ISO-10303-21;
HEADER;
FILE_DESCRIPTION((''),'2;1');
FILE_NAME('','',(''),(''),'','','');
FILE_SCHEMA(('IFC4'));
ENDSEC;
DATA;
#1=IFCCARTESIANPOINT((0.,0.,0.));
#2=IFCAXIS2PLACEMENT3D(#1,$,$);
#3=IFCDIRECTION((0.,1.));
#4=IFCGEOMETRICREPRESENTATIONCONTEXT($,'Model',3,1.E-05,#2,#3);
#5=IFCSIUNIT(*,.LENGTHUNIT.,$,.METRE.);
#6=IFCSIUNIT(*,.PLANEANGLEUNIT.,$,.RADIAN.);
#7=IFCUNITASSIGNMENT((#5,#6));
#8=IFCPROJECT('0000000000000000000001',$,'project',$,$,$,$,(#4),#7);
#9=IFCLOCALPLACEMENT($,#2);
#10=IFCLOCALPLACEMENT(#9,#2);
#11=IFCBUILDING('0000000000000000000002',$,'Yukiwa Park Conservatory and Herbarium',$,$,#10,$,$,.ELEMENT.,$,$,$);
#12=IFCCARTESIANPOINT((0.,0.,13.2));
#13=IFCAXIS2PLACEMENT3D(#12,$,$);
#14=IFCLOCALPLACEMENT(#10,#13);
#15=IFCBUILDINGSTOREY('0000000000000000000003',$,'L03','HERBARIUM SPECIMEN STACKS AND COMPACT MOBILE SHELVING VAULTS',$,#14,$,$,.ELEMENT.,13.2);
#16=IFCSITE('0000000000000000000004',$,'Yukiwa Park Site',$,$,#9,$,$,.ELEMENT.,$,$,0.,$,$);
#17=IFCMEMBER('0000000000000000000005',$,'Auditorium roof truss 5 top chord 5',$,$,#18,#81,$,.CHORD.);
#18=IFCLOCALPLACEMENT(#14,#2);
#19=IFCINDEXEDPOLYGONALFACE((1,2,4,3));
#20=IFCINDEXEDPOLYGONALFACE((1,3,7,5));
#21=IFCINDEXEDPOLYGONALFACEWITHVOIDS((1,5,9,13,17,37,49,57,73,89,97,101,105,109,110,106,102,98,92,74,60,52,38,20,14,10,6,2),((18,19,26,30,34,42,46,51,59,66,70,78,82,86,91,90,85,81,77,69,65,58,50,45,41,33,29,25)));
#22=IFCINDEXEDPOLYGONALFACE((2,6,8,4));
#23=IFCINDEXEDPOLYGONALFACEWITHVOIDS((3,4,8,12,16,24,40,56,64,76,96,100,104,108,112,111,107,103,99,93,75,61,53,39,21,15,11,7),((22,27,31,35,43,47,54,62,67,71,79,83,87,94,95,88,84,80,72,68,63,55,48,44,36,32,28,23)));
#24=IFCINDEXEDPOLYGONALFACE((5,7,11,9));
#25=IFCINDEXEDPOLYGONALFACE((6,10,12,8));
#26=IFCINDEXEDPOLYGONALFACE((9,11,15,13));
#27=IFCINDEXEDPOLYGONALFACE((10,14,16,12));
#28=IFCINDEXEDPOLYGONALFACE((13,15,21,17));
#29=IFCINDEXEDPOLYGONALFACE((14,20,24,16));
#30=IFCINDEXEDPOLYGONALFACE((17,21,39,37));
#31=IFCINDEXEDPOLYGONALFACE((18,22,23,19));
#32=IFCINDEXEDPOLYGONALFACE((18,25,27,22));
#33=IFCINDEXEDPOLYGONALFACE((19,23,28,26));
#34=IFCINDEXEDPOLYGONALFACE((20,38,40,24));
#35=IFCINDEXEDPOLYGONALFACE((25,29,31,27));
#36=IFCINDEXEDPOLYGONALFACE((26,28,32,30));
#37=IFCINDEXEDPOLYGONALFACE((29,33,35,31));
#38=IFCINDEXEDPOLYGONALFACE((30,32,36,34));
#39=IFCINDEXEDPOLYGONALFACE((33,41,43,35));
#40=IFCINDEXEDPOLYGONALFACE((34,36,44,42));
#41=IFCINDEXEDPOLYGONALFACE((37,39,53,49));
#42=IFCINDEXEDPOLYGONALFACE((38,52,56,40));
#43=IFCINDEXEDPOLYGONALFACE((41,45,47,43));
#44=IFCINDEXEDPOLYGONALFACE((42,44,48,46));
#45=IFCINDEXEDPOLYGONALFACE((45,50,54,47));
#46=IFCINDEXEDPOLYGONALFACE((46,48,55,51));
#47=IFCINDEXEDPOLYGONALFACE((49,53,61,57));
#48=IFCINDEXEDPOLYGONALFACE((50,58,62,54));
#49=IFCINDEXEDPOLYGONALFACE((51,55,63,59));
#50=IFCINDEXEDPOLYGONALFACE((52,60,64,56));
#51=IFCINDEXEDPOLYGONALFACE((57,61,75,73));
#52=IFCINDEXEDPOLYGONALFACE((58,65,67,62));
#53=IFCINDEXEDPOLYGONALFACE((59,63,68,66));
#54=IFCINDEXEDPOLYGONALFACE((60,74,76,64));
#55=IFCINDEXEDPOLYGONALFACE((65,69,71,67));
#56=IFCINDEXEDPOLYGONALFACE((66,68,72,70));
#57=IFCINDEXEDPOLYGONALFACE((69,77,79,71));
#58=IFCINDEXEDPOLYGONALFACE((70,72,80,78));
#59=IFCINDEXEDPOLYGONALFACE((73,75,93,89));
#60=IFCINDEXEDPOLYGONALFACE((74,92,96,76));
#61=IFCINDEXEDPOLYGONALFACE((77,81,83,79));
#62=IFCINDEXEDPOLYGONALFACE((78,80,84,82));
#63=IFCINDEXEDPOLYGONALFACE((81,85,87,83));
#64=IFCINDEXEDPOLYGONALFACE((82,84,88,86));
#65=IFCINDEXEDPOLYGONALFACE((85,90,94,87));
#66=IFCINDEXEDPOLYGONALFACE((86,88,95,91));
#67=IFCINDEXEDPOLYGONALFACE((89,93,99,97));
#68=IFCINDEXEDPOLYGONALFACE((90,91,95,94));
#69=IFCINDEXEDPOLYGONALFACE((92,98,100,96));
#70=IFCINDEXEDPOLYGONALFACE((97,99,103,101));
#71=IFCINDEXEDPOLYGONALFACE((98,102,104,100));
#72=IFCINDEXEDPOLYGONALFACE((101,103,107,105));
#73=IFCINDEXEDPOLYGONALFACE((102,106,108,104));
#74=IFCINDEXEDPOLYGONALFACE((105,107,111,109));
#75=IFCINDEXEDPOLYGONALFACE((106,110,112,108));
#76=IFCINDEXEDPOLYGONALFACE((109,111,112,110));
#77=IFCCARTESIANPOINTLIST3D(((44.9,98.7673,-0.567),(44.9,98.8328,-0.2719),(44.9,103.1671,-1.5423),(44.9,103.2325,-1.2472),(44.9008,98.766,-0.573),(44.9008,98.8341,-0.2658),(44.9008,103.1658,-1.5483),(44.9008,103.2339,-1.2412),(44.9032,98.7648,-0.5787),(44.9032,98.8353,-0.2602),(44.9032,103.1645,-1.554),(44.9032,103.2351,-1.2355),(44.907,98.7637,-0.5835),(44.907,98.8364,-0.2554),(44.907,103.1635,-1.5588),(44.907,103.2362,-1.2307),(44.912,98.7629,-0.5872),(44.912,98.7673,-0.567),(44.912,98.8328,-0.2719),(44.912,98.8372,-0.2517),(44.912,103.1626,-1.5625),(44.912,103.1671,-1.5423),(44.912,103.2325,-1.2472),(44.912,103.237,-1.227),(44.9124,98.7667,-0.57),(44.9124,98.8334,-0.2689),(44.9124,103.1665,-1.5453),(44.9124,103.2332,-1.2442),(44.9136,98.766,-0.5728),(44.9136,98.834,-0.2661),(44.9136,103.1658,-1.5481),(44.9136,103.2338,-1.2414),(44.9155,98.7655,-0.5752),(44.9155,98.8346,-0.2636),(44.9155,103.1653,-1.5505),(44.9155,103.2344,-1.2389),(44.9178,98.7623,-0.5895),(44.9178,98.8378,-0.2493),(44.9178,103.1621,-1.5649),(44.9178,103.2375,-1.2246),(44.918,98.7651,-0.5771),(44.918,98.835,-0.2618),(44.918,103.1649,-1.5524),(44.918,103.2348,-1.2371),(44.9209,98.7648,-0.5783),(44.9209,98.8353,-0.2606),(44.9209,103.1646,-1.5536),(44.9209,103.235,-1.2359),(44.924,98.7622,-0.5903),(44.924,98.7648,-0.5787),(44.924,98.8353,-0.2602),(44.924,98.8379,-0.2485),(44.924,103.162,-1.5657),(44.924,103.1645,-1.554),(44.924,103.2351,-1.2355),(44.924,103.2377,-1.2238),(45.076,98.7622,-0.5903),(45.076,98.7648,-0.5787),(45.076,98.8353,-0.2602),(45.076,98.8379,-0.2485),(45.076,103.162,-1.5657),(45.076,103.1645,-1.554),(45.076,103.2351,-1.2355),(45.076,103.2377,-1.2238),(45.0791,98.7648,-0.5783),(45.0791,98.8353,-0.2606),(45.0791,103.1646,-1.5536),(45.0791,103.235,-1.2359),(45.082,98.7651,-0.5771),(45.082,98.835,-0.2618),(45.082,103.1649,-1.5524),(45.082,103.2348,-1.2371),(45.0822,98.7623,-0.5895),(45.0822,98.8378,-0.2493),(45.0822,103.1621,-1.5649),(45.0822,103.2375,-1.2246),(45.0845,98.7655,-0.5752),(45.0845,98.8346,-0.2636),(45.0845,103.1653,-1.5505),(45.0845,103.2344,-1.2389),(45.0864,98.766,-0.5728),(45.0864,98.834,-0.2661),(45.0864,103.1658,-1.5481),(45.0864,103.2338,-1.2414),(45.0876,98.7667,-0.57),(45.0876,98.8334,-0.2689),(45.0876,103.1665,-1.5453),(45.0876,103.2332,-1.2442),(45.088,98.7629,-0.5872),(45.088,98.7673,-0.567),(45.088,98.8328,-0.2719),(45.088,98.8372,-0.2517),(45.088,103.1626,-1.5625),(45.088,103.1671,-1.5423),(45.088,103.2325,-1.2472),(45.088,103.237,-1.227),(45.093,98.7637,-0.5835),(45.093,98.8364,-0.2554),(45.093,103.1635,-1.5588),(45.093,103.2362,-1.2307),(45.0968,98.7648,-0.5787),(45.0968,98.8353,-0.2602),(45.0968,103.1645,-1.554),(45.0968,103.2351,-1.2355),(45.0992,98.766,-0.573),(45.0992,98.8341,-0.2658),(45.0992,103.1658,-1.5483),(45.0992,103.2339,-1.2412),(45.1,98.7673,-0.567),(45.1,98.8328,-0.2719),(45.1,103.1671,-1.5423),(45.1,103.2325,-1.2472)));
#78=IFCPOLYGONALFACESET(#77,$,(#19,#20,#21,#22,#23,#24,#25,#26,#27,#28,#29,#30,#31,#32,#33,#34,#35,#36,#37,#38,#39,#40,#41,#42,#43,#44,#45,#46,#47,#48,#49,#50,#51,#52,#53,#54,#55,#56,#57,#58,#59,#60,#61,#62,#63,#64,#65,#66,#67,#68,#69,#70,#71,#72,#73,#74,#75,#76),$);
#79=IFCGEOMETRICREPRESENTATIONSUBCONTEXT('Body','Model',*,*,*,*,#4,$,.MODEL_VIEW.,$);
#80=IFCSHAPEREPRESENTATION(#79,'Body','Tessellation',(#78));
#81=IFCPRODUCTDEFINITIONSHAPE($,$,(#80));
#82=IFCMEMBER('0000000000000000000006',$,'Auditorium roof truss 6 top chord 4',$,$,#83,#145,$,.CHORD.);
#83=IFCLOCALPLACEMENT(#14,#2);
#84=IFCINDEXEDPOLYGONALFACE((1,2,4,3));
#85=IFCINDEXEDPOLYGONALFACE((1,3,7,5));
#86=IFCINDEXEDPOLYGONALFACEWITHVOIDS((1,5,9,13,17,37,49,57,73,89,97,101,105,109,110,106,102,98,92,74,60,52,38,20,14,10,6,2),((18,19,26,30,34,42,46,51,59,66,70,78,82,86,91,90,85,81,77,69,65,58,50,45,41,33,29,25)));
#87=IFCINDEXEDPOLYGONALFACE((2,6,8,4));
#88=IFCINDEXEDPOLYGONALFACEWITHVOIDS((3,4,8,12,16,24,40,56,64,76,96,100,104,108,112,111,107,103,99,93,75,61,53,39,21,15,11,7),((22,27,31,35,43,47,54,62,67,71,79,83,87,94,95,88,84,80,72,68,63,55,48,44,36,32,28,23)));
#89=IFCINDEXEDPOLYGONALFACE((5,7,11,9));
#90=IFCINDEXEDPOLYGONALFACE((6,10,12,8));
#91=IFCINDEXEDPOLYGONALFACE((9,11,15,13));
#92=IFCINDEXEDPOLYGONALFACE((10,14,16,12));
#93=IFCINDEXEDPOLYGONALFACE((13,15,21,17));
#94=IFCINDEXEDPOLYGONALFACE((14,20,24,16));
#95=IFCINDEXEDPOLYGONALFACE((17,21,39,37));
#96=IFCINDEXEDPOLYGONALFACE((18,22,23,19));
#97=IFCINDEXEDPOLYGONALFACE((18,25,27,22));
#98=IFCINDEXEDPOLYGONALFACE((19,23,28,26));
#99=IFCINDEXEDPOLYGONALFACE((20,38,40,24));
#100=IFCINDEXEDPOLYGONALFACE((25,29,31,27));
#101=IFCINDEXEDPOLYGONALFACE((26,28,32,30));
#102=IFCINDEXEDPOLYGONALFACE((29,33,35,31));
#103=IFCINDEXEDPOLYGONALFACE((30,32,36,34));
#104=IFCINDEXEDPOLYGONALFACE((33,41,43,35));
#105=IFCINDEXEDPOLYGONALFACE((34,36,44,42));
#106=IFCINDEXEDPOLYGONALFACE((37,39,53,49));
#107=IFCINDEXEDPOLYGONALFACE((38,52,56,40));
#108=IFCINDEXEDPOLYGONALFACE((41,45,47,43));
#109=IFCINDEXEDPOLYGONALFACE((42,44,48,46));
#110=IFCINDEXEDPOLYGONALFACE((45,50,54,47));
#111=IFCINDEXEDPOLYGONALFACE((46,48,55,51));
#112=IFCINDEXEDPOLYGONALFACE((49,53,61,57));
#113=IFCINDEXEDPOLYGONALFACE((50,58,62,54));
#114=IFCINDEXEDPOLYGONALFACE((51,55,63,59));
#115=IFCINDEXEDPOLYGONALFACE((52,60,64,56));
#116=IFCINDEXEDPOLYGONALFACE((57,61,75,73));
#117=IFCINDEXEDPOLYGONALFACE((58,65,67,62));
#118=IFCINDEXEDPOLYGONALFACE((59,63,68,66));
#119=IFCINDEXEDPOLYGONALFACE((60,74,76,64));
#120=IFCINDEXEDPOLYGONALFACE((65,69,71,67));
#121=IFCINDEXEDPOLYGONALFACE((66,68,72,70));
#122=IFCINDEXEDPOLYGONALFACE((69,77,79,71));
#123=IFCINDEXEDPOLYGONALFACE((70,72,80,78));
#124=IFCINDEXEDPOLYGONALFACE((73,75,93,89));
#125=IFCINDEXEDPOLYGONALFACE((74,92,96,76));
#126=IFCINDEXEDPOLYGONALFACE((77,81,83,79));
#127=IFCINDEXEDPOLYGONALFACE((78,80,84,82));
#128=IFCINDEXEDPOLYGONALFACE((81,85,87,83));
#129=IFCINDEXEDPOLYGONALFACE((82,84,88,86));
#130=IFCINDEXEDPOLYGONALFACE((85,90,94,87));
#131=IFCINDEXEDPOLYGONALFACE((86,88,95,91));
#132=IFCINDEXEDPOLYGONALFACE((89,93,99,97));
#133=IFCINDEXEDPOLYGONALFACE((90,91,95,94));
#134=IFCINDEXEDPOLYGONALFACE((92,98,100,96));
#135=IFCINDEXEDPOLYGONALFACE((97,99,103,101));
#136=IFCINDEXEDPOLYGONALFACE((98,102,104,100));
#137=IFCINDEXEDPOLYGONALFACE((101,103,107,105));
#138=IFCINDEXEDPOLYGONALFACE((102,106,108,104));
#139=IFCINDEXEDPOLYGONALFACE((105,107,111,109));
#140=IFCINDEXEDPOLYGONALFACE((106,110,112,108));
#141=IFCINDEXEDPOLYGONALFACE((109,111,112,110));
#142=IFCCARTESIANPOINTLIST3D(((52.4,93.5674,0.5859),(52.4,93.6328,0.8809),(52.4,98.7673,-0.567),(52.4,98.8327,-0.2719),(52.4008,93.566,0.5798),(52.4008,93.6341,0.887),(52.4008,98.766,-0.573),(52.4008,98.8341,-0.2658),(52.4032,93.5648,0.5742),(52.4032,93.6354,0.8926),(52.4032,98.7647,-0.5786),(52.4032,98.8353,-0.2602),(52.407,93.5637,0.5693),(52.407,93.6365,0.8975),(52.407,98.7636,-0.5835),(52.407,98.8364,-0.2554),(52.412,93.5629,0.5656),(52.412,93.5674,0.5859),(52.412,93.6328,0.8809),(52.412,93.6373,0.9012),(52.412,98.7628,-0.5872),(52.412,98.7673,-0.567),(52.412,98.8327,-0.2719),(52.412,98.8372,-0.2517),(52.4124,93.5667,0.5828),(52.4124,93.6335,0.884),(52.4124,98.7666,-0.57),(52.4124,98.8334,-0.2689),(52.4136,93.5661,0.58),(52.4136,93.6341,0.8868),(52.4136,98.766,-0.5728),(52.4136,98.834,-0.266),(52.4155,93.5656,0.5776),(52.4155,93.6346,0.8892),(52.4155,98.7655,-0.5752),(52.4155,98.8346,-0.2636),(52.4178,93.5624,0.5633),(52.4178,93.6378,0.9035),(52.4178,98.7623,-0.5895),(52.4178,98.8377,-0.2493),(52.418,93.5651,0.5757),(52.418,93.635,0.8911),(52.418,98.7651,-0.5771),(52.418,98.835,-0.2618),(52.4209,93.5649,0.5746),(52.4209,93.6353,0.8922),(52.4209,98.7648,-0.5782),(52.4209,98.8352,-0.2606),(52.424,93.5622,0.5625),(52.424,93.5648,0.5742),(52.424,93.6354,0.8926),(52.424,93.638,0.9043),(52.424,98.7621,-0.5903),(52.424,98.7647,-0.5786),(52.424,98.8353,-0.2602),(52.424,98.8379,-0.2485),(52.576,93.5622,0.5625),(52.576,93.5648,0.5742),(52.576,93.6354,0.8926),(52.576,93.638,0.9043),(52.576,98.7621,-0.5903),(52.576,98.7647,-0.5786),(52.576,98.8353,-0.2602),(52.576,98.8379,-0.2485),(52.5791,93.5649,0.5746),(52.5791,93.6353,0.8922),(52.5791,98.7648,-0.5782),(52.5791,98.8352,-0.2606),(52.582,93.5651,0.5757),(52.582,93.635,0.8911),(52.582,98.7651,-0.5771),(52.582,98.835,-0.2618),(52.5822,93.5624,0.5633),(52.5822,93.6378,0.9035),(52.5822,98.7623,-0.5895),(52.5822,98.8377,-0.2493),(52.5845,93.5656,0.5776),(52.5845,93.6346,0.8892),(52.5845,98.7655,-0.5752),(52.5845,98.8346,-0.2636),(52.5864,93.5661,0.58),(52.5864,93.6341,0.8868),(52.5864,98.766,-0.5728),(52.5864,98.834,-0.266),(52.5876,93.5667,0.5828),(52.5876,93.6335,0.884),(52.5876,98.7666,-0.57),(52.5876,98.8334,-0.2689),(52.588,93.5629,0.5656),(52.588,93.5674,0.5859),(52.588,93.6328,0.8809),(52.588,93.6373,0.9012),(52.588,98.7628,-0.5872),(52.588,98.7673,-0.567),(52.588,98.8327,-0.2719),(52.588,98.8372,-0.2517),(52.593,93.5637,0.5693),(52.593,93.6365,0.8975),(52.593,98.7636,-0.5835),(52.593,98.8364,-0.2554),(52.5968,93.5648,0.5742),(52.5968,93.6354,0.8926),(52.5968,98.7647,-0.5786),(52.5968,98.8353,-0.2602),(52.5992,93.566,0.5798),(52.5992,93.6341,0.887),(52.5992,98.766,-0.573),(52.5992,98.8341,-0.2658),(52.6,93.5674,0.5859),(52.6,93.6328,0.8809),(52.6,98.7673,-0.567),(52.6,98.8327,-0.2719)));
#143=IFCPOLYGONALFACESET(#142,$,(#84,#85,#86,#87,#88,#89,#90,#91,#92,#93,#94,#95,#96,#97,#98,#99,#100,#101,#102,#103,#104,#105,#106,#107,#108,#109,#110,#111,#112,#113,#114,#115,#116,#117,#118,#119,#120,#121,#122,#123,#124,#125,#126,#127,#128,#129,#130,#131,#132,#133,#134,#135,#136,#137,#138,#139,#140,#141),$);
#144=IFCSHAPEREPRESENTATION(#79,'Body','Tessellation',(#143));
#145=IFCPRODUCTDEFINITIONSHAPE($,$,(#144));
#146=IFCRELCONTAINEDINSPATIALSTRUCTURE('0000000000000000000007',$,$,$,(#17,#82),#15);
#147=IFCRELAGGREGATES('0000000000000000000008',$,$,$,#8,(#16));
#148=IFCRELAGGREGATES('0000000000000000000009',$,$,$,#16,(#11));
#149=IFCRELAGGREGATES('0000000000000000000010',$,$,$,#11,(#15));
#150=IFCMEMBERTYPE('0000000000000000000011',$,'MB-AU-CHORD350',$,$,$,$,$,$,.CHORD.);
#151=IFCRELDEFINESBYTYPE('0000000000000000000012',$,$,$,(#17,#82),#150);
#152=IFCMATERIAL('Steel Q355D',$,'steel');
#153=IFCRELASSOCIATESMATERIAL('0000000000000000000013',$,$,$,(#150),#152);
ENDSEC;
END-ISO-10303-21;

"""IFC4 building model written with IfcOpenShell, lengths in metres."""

from ifc_helpers import new_model, si_unit, direction, frame, origin, origin_2d, place, context, subcontext, project, spatial, hollow_rectangle, extrude, material, material_profile, profile_set, type_object, element, save


model = new_model("IFC4")

# Units and contexts
model_context = context("Model", 3, precision=1e-05, world=origin(), true_north=direction((0.0, 1.0)))
body_context = subcontext(model_context, "Body", "Model", "MODEL_VIEW")
ifc_project = project(units=[si_unit("LENGTHUNIT", "METRE"), si_unit("PLANEANGLEUNIT", "RADIAN")], contexts=[model_context])

# Site, building, storey
site_placement = place(None, origin())
site = spatial("IfcSite", under=ifc_project, at=site_placement, Name="Yukiwa Park Site", CompositionType="ELEMENT", RefElevation=0.0)
building_placement = place(site_placement, origin())
building = spatial("IfcBuilding", under=site, at=building_placement, Name="Yukiwa Park Conservatory and Herbarium", CompositionType="ELEMENT")
storey_placement = place(building_placement, frame((0.0, 0.0, 13.2)))
storey = spatial("IfcBuildingStorey", under=building, at=storey_placement, Name="L03", Description="HERBARIUM SPECIMEN STACKS AND COMPACT MOBILE SHELVING VAULTS", CompositionType="ELEMENT", Elevation=13.2)

# Members
ifc_material_1 = material(Name="Steel Q355D", Category="steel")
ifc_material_profile_1 = material_profile(ifc_material_1, hollow_rectangle(XDim=0.2, YDim=0.3501, WallThickness=0.012, InnerFilletRadius=0.012, OuterFilletRadius=0.0239, at=origin_2d()), Name="RHS 350x200x12")
ifc_profile_set_1 = profile_set([ifc_material_profile_1], Name="Steel Q355D")
member_type_1 = type_object("IfcMemberType", Name="MB-AU-CHORD350", PredefinedType="CHORD", material=ifc_profile_set_1)
member_1_placement = place(storey_placement, frame((45.0, 98.8, -0.4194), z_axis=(0.0, 0.9763, -0.21642), x_axis=(-1.0, 0.0, 0.0)))
element("IfcMember", 1, at=member_1_placement, inside=storey, type_object=member_type_1, Name="Auditorium roof truss 5 top chord 5", PredefinedType="CHORD", context=body_context, shape_type="SweptSolid", body=[
    extrude(hollow_rectangle(XDim=0.2, YDim=0.3501, WallThickness=0.012, InnerFilletRadius=0.012, OuterFilletRadius=0.0239, at=origin_2d()), origin(), (0.0, 0.0, 1.0), 4.5066),
])
member_2_placement = place(storey_placement, frame((52.5, 93.6001, 0.7334), z_axis=(0.0, 0.976295, -0.216445), x_axis=(-1.0, 0.0, 0.0)))
element("IfcMember", 2, at=member_2_placement, inside=storey, type_object=member_type_1, Name="Auditorium roof truss 6 top chord 4", PredefinedType="CHORD", context=body_context, shape_type="SweptSolid", body=[
    extrude(hollow_rectangle(XDim=0.2, YDim=0.3501, WallThickness=0.012, InnerFilletRadius=0.012, OuterFilletRadius=0.0239, at=origin_2d()), origin(), (0.0, 0.0, 1.0), 5.3262),
])

save(model, "model.ifc")
